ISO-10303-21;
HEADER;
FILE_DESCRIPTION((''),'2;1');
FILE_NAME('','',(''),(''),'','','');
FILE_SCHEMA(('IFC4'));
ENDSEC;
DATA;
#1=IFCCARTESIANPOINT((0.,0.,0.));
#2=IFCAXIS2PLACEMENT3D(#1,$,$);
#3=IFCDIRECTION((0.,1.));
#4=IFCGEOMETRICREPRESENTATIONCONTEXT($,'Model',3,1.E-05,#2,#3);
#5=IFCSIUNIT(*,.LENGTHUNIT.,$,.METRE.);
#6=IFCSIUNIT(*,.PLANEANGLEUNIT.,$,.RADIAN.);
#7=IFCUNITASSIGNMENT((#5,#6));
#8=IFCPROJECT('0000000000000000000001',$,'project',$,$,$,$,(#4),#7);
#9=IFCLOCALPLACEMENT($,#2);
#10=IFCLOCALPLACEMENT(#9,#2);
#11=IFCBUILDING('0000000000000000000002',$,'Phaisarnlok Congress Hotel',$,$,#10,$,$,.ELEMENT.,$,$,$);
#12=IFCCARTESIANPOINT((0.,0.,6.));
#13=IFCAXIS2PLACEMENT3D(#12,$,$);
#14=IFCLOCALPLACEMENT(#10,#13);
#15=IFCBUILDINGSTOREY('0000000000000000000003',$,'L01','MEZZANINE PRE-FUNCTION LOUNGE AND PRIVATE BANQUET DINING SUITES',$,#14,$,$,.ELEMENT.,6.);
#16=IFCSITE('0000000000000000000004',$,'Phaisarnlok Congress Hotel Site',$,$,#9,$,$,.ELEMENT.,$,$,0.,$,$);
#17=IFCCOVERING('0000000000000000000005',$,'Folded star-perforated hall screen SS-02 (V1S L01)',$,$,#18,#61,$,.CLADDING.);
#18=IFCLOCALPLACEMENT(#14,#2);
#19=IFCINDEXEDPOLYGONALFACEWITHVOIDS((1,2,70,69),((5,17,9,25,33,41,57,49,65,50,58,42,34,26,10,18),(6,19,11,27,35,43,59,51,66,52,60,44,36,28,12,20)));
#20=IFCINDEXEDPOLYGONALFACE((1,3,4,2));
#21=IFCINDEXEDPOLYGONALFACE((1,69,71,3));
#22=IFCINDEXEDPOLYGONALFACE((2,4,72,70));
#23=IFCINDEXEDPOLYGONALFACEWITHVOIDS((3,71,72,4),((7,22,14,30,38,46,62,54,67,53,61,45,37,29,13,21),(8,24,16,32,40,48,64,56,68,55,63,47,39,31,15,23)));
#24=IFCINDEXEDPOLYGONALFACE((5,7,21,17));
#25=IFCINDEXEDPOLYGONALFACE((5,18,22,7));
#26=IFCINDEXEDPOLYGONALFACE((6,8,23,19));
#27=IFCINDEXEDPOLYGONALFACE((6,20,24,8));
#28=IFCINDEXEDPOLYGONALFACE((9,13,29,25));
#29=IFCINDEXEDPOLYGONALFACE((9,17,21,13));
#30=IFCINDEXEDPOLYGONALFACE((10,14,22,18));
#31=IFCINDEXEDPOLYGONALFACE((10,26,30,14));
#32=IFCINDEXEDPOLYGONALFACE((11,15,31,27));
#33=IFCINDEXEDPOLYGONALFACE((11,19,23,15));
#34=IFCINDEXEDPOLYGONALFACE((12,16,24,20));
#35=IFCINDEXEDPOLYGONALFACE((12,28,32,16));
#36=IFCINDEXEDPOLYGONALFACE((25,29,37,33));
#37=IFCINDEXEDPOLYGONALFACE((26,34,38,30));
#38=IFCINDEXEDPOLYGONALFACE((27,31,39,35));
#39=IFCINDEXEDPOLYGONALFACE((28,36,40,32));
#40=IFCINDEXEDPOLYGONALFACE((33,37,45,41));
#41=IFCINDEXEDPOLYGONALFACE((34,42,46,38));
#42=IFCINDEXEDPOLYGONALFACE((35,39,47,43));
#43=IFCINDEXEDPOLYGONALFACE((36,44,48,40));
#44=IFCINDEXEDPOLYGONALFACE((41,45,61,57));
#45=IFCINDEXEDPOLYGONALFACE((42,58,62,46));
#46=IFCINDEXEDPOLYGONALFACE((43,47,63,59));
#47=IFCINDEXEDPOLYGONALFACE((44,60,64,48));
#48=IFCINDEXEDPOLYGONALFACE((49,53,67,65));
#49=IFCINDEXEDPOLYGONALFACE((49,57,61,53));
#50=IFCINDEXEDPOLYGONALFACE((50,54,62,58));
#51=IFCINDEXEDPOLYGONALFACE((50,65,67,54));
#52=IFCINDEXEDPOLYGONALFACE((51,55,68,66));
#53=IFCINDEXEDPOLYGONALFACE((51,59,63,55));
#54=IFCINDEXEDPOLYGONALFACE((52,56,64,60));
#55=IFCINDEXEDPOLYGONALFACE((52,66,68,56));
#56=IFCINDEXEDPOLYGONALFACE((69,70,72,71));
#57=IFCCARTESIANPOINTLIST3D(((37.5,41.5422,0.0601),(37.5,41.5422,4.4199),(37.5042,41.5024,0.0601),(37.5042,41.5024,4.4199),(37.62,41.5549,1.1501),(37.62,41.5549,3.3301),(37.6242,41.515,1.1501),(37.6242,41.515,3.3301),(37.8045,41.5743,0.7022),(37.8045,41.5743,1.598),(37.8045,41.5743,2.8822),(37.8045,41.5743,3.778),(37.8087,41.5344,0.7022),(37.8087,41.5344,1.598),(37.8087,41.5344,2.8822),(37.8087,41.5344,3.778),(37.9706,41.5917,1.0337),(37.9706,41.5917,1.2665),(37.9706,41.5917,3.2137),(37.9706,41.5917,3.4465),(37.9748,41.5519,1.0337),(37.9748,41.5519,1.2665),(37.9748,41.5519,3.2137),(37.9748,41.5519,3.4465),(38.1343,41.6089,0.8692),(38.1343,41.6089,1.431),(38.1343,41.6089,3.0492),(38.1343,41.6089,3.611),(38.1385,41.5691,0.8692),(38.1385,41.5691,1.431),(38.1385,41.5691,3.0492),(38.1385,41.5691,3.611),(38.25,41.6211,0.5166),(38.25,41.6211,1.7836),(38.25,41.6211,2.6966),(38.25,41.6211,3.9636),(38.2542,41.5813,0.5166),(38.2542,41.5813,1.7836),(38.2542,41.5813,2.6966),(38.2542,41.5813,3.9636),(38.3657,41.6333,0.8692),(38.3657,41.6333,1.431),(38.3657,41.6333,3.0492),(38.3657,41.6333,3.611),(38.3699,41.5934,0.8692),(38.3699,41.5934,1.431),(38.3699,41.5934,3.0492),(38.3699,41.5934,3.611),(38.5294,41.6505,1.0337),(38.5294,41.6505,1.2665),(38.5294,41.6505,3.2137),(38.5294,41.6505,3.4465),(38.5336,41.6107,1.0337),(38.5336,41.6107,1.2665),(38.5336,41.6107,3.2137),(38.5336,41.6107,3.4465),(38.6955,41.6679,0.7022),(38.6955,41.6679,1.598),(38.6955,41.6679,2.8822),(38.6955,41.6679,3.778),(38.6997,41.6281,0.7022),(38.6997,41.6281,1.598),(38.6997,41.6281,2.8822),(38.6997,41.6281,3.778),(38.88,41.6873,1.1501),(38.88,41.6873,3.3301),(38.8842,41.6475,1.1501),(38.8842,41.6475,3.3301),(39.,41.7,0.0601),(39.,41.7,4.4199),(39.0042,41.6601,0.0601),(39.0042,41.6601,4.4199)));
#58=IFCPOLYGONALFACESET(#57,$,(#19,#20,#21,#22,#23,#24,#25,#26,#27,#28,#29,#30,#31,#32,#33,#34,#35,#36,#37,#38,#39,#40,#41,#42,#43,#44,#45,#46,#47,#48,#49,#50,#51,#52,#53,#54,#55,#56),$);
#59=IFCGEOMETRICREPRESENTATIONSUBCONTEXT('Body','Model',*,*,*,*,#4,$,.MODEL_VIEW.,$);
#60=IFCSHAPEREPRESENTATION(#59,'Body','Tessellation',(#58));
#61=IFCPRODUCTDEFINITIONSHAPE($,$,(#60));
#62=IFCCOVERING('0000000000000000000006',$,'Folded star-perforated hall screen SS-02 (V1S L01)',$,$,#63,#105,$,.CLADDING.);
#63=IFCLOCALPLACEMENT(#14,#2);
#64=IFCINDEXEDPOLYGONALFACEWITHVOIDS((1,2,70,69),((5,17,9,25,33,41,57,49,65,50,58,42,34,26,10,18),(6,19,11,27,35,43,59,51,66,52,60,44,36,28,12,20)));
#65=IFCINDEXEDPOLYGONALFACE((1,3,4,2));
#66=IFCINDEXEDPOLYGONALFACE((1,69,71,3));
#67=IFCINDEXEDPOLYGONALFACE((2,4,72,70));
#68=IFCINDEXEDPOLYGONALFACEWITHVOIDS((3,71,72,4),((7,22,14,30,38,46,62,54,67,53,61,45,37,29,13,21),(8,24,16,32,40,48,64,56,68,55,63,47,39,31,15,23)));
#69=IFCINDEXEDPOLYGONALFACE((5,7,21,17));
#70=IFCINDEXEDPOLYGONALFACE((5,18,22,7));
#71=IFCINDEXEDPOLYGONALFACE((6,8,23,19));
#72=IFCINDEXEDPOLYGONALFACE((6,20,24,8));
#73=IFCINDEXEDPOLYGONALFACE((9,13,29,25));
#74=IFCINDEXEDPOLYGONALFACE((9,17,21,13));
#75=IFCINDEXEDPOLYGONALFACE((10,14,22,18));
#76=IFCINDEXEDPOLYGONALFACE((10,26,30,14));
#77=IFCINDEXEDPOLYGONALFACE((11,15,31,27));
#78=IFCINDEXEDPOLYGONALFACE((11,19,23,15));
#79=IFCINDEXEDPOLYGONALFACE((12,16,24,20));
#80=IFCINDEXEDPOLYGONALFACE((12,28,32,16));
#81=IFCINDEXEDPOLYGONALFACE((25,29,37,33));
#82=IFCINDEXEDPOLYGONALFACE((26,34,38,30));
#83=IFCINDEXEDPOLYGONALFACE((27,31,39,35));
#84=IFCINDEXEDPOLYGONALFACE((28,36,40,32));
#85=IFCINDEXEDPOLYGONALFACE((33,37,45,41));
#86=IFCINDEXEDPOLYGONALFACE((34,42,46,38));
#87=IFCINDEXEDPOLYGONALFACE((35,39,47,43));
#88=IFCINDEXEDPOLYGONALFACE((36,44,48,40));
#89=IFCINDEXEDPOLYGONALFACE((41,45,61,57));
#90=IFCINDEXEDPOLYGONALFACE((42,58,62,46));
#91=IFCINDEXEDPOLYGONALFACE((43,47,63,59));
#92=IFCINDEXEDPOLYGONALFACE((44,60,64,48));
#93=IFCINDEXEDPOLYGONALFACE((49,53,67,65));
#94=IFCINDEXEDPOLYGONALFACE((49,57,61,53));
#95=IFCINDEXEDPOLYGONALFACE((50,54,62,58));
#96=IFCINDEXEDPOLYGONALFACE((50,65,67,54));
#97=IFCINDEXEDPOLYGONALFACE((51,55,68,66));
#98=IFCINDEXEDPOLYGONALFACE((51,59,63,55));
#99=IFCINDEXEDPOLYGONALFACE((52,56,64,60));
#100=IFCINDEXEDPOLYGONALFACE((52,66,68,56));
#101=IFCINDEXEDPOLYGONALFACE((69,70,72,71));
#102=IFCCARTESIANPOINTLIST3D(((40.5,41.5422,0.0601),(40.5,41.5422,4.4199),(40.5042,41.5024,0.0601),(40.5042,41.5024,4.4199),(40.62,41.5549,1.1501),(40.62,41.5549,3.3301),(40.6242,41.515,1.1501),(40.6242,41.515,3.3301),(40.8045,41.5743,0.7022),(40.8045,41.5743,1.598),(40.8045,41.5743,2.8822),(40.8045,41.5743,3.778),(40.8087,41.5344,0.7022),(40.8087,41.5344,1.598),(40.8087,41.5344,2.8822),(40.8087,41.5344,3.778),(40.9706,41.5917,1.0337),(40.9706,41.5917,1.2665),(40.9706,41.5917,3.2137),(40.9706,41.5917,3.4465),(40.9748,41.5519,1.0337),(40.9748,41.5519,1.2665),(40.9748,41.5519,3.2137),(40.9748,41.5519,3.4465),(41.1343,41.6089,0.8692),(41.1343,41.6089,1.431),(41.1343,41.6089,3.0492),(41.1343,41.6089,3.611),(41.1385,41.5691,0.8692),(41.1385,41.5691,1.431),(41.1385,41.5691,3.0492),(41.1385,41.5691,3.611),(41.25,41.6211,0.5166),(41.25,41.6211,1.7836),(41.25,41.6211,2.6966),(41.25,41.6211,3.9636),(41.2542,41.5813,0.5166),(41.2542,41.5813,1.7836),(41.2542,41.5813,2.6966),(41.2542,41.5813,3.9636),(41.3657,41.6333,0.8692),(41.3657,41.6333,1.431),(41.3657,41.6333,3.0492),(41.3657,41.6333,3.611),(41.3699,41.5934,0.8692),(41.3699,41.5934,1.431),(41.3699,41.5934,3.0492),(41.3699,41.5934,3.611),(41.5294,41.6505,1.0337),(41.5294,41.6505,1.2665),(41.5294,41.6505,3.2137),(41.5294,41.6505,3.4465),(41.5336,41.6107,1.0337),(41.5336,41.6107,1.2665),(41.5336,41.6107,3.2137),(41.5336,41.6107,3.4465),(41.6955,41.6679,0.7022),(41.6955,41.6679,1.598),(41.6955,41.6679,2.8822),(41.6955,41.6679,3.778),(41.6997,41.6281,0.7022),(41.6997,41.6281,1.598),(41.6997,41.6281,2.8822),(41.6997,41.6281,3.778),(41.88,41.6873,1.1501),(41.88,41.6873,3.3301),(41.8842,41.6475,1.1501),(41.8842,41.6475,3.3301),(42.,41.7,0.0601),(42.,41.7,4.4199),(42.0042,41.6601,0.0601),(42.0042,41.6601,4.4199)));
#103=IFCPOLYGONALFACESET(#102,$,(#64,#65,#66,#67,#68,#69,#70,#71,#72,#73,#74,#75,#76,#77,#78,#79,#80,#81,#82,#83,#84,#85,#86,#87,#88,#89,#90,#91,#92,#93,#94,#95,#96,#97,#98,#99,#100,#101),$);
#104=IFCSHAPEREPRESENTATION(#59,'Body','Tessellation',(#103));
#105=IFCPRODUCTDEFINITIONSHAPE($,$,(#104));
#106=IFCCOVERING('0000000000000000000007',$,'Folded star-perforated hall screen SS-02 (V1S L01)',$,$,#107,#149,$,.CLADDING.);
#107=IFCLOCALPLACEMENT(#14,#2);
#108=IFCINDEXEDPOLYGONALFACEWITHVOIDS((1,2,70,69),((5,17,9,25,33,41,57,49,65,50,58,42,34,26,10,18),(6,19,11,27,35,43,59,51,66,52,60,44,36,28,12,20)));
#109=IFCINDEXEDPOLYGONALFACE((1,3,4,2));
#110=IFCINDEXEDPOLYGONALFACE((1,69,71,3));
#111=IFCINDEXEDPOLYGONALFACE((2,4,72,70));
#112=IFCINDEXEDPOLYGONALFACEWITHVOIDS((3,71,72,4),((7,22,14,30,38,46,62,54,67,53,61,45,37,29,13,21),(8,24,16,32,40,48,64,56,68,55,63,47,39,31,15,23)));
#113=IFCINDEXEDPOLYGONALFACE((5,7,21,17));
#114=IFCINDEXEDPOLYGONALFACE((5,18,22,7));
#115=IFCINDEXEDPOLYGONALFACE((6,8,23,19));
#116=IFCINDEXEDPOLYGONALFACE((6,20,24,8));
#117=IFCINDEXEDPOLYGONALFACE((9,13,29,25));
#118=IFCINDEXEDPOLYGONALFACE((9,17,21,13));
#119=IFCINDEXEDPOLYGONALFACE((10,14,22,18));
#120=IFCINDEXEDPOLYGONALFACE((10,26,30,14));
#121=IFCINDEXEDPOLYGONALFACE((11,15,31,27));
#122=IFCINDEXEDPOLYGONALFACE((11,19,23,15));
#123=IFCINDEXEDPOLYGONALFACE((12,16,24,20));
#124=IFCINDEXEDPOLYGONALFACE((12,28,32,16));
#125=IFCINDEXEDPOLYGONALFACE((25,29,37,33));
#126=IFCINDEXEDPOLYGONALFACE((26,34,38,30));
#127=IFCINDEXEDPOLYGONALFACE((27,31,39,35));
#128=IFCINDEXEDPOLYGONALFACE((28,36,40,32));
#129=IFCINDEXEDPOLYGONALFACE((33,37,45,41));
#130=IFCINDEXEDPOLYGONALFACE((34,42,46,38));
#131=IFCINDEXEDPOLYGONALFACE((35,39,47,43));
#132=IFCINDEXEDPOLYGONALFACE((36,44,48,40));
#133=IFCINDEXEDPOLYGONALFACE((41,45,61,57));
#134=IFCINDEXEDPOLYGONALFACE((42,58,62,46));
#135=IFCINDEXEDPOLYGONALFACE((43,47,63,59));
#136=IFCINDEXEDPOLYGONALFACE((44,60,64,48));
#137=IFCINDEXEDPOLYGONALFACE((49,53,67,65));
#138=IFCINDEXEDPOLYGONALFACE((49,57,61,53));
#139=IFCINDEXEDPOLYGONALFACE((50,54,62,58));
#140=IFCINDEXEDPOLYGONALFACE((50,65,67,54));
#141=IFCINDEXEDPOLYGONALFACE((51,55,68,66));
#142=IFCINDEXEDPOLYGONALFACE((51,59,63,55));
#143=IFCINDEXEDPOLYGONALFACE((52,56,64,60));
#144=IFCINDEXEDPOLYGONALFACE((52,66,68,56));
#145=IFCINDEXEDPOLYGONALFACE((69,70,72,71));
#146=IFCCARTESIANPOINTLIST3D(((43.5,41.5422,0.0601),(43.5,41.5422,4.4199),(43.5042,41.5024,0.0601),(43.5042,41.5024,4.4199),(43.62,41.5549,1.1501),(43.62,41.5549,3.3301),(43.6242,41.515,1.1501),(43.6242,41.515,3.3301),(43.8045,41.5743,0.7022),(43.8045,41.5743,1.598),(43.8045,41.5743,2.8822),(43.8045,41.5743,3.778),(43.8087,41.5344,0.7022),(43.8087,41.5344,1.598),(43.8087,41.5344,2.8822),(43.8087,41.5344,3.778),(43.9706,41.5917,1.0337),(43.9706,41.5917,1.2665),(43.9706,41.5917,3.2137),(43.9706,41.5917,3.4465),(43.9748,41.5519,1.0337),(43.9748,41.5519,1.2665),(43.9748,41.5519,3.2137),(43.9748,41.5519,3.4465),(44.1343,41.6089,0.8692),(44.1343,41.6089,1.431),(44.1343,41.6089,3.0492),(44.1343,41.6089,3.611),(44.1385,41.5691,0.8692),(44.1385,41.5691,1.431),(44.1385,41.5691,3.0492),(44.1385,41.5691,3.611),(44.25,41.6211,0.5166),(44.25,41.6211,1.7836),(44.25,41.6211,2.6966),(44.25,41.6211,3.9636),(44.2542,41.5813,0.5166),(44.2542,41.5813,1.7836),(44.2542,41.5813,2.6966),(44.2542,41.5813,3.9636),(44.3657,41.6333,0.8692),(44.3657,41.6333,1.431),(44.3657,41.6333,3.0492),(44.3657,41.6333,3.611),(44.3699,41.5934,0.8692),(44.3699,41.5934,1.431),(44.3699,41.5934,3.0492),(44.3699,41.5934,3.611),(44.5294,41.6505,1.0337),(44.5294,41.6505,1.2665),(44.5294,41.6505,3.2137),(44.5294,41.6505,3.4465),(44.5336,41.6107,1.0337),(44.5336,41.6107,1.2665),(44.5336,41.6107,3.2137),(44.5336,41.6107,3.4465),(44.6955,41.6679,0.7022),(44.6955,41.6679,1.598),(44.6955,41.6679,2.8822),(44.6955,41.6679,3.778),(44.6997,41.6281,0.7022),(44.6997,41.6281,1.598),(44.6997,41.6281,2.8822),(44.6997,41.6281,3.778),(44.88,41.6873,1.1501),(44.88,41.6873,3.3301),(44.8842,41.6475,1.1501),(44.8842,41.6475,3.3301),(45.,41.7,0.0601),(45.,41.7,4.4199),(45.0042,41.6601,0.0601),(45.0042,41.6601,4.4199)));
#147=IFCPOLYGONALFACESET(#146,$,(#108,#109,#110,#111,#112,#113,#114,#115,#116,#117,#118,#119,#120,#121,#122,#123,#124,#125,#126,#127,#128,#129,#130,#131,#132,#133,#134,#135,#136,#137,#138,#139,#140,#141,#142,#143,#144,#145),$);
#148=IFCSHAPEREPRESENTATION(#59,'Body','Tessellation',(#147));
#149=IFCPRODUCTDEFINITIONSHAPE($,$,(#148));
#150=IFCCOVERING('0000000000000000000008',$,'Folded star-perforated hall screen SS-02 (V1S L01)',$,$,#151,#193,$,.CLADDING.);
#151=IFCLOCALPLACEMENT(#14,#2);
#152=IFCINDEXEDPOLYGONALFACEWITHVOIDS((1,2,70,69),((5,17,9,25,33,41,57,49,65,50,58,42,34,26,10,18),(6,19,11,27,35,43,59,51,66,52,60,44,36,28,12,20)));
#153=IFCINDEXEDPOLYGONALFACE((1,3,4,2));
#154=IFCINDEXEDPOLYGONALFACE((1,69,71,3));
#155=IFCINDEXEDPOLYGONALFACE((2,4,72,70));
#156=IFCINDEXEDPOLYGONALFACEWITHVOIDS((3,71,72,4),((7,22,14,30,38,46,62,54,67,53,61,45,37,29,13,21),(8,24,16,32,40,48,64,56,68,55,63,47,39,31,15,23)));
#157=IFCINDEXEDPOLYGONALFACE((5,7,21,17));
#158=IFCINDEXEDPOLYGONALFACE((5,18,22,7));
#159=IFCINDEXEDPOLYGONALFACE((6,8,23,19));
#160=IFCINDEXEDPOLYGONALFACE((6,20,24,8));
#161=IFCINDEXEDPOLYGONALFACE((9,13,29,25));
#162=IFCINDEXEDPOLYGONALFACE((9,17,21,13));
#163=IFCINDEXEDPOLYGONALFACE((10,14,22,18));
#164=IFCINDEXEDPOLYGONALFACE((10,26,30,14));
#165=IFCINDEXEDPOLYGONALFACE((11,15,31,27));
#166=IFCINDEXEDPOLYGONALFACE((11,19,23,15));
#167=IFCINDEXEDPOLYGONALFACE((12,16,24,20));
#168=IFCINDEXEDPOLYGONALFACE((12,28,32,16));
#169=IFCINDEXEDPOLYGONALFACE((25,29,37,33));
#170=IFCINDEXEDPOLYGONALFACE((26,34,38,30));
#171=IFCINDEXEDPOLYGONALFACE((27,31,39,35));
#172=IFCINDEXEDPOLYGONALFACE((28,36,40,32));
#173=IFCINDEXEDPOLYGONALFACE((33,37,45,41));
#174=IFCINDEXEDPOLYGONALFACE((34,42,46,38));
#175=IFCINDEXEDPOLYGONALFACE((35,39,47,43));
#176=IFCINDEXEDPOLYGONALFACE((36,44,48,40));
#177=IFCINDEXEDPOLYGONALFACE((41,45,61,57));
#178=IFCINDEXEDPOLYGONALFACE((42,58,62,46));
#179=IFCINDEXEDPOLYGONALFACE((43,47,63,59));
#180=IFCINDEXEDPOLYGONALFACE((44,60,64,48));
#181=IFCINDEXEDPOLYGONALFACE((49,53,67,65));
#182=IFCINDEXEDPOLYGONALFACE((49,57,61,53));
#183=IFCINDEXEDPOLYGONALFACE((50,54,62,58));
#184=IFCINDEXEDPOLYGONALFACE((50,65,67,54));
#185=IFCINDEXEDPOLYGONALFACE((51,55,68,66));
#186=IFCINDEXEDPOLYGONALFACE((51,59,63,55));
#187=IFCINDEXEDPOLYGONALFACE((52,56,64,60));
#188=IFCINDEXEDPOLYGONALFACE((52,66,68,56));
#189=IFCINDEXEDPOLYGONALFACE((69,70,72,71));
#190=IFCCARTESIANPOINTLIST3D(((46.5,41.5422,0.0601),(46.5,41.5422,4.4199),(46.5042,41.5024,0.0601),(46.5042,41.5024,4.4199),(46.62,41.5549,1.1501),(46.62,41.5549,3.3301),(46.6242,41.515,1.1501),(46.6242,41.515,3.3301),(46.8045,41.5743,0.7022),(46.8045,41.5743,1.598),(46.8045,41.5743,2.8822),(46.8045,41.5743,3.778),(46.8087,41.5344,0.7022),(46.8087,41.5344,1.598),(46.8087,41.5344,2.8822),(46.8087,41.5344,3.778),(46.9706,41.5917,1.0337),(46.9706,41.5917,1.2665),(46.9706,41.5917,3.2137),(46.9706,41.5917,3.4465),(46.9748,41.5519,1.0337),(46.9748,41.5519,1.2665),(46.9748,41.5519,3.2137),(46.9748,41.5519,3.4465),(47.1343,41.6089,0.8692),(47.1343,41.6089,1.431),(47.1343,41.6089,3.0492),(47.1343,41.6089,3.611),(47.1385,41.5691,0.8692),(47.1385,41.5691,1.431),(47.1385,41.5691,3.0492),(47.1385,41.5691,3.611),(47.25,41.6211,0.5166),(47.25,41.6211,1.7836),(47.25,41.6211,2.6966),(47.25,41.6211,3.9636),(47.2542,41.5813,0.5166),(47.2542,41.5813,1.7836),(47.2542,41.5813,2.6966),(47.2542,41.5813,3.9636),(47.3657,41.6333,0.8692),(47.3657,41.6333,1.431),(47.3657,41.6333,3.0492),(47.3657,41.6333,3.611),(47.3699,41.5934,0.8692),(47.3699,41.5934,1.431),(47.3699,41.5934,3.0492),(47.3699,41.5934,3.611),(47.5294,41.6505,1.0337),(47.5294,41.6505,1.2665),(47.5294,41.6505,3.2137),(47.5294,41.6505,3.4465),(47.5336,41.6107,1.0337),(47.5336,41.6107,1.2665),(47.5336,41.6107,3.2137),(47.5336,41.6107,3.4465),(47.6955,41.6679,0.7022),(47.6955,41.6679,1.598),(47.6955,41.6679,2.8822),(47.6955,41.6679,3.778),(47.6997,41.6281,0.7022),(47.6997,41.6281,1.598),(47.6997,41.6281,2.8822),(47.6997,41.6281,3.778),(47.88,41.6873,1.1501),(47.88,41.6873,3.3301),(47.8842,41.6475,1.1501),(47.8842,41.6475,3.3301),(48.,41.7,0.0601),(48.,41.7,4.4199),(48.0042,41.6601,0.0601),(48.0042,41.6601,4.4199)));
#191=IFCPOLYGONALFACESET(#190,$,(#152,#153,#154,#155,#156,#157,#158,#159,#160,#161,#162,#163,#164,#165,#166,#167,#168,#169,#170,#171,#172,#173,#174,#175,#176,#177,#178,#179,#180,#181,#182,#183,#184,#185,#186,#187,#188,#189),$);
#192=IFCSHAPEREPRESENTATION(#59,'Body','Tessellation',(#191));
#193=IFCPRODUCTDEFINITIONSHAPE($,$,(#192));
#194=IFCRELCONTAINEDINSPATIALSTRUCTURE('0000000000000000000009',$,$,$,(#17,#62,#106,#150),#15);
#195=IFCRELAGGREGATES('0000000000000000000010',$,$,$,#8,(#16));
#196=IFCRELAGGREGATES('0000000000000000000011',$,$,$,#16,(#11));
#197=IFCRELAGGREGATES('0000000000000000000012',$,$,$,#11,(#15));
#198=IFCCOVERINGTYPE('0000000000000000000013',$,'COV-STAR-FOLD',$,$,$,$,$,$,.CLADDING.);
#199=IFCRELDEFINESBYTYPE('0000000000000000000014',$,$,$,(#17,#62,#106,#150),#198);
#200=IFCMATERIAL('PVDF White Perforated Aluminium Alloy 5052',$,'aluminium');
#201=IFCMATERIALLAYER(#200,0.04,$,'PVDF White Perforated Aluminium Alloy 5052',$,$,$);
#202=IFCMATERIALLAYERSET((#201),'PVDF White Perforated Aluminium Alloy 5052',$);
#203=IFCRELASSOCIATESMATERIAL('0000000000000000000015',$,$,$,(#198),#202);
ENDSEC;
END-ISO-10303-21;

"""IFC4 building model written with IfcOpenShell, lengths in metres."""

from ifc_helpers import new_model, si_unit, direction, frame, origin, place, context, subcontext, project, spatial, polyline, outline, extrude, material, layer, layer_set, type_object, element, save


model = new_model("IFC4")

# Units and contexts
model_context = context("Model", 3, precision=1e-05, world=origin(), true_north=direction((0.0, 1.0)))
body_context = subcontext(model_context, "Body", "Model", "MODEL_VIEW")
ifc_project = project(units=[si_unit("LENGTHUNIT", "METRE"), si_unit("PLANEANGLEUNIT", "RADIAN")], contexts=[model_context])

# Site, building, storey
site_placement = place(None, origin())
site = spatial("IfcSite", under=ifc_project, at=site_placement, Name="Phaisarnlok Congress Hotel Site", CompositionType="ELEMENT", RefElevation=0.0)
building_placement = place(site_placement, origin())
building = spatial("IfcBuilding", under=site, at=building_placement, Name="Phaisarnlok Congress Hotel", CompositionType="ELEMENT")
storey_placement = place(building_placement, frame((0.0, 0.0, 6.0)))
storey = spatial("IfcBuildingStorey", under=building, at=storey_placement, Name="L01", Description="MEZZANINE PRE-FUNCTION LOUNGE AND PRIVATE BANQUET DINING SUITES", CompositionType="ELEMENT", Elevation=6.0)

# Coverings
ifc_material_1 = material(Name="PVDF White Perforated Aluminium Alloy 5052", Category="aluminium")
ifc_layer_1 = layer(ifc_material_1, 0.04, Name="PVDF White Perforated Aluminium Alloy 5052")
ifc_layer_set_1 = layer_set([ifc_layer_1], Name="PVDF White Perforated Aluminium Alloy 5052")
covering_type = type_object("IfcCoveringType", Name="COV-STAR-FOLD", PredefinedType="CLADDING", material=ifc_layer_set_1)
for number, where, z_axis, x_axis, name in (
    (1, (37.5, 41.5422, 0.0601), (0.104567, -0.994518, 0.0), (0.994518, 0.104567, 0.0), "Folded star-perforated hall screen SS-02 (V1S L01)"),
    (2, (40.5, 41.5422, 0.0601), (0.104567, -0.994518, 0.0), (0.994518, 0.104567, 0.0), "Folded star-perforated hall screen SS-02 (V1S L01)"),
    (3, (43.5, 41.5422, 0.0601), (0.104567, -0.994518, 0.0), (0.994518, 0.104567, 0.0), "Folded star-perforated hall screen SS-02 (V1S L01)"),
    (4, (46.5, 41.5422, 0.0601), (0.104567, -0.994518, 0.0), (0.994518, 0.104567, 0.0), "Folded star-perforated hall screen SS-02 (V1S L01)"),
):
    element("IfcCovering", number, at=place(storey_placement, frame(where, z_axis=z_axis, x_axis=x_axis)), inside=storey, type_object=covering_type, Name=name, PredefinedType="CLADDING", context=body_context, shape_type="SweptSolid", body=[
        extrude(outline(polyline([(0.0, 0.0), (1.5083, 0.0), (1.5083, 4.3599), (0.0, 4.3599), (0.0, 0.0)]), holes=[polyline([(1.0351, 0.9736), (1.2021, 0.6421), (0.8705, 0.8091), (0.7541, 0.4565), (0.6378, 0.8091), (0.3062, 0.6421), (0.4732, 0.9736), (0.1207, 1.09), (0.4732, 1.2064), (0.3062, 1.5379), (0.6378, 1.3709), (0.7541, 1.7235), (0.8705, 1.3709), (1.2021, 1.5379), (1.0351, 1.2064), (1.3876, 1.09), (1.0351, 0.9736)]), polyline([(1.0351, 3.1536), (1.2021, 2.8221), (0.8705, 2.9891), (0.7541, 2.6365), (0.6378, 2.9891), (0.3062, 2.8221), (0.4732, 3.1536), (0.1207, 3.27), (0.4732, 3.3864), (0.3062, 3.7179), (0.6378, 3.5509), (0.7541, 3.9035), (0.8705, 3.5509), (1.2021, 3.7179), (1.0351, 3.3864), (1.3876, 3.27), (1.0351, 3.1536)])]), origin(), (0.0, 0.0, 1.0), 0.04),
    ])

save(model, "model.ifc")
